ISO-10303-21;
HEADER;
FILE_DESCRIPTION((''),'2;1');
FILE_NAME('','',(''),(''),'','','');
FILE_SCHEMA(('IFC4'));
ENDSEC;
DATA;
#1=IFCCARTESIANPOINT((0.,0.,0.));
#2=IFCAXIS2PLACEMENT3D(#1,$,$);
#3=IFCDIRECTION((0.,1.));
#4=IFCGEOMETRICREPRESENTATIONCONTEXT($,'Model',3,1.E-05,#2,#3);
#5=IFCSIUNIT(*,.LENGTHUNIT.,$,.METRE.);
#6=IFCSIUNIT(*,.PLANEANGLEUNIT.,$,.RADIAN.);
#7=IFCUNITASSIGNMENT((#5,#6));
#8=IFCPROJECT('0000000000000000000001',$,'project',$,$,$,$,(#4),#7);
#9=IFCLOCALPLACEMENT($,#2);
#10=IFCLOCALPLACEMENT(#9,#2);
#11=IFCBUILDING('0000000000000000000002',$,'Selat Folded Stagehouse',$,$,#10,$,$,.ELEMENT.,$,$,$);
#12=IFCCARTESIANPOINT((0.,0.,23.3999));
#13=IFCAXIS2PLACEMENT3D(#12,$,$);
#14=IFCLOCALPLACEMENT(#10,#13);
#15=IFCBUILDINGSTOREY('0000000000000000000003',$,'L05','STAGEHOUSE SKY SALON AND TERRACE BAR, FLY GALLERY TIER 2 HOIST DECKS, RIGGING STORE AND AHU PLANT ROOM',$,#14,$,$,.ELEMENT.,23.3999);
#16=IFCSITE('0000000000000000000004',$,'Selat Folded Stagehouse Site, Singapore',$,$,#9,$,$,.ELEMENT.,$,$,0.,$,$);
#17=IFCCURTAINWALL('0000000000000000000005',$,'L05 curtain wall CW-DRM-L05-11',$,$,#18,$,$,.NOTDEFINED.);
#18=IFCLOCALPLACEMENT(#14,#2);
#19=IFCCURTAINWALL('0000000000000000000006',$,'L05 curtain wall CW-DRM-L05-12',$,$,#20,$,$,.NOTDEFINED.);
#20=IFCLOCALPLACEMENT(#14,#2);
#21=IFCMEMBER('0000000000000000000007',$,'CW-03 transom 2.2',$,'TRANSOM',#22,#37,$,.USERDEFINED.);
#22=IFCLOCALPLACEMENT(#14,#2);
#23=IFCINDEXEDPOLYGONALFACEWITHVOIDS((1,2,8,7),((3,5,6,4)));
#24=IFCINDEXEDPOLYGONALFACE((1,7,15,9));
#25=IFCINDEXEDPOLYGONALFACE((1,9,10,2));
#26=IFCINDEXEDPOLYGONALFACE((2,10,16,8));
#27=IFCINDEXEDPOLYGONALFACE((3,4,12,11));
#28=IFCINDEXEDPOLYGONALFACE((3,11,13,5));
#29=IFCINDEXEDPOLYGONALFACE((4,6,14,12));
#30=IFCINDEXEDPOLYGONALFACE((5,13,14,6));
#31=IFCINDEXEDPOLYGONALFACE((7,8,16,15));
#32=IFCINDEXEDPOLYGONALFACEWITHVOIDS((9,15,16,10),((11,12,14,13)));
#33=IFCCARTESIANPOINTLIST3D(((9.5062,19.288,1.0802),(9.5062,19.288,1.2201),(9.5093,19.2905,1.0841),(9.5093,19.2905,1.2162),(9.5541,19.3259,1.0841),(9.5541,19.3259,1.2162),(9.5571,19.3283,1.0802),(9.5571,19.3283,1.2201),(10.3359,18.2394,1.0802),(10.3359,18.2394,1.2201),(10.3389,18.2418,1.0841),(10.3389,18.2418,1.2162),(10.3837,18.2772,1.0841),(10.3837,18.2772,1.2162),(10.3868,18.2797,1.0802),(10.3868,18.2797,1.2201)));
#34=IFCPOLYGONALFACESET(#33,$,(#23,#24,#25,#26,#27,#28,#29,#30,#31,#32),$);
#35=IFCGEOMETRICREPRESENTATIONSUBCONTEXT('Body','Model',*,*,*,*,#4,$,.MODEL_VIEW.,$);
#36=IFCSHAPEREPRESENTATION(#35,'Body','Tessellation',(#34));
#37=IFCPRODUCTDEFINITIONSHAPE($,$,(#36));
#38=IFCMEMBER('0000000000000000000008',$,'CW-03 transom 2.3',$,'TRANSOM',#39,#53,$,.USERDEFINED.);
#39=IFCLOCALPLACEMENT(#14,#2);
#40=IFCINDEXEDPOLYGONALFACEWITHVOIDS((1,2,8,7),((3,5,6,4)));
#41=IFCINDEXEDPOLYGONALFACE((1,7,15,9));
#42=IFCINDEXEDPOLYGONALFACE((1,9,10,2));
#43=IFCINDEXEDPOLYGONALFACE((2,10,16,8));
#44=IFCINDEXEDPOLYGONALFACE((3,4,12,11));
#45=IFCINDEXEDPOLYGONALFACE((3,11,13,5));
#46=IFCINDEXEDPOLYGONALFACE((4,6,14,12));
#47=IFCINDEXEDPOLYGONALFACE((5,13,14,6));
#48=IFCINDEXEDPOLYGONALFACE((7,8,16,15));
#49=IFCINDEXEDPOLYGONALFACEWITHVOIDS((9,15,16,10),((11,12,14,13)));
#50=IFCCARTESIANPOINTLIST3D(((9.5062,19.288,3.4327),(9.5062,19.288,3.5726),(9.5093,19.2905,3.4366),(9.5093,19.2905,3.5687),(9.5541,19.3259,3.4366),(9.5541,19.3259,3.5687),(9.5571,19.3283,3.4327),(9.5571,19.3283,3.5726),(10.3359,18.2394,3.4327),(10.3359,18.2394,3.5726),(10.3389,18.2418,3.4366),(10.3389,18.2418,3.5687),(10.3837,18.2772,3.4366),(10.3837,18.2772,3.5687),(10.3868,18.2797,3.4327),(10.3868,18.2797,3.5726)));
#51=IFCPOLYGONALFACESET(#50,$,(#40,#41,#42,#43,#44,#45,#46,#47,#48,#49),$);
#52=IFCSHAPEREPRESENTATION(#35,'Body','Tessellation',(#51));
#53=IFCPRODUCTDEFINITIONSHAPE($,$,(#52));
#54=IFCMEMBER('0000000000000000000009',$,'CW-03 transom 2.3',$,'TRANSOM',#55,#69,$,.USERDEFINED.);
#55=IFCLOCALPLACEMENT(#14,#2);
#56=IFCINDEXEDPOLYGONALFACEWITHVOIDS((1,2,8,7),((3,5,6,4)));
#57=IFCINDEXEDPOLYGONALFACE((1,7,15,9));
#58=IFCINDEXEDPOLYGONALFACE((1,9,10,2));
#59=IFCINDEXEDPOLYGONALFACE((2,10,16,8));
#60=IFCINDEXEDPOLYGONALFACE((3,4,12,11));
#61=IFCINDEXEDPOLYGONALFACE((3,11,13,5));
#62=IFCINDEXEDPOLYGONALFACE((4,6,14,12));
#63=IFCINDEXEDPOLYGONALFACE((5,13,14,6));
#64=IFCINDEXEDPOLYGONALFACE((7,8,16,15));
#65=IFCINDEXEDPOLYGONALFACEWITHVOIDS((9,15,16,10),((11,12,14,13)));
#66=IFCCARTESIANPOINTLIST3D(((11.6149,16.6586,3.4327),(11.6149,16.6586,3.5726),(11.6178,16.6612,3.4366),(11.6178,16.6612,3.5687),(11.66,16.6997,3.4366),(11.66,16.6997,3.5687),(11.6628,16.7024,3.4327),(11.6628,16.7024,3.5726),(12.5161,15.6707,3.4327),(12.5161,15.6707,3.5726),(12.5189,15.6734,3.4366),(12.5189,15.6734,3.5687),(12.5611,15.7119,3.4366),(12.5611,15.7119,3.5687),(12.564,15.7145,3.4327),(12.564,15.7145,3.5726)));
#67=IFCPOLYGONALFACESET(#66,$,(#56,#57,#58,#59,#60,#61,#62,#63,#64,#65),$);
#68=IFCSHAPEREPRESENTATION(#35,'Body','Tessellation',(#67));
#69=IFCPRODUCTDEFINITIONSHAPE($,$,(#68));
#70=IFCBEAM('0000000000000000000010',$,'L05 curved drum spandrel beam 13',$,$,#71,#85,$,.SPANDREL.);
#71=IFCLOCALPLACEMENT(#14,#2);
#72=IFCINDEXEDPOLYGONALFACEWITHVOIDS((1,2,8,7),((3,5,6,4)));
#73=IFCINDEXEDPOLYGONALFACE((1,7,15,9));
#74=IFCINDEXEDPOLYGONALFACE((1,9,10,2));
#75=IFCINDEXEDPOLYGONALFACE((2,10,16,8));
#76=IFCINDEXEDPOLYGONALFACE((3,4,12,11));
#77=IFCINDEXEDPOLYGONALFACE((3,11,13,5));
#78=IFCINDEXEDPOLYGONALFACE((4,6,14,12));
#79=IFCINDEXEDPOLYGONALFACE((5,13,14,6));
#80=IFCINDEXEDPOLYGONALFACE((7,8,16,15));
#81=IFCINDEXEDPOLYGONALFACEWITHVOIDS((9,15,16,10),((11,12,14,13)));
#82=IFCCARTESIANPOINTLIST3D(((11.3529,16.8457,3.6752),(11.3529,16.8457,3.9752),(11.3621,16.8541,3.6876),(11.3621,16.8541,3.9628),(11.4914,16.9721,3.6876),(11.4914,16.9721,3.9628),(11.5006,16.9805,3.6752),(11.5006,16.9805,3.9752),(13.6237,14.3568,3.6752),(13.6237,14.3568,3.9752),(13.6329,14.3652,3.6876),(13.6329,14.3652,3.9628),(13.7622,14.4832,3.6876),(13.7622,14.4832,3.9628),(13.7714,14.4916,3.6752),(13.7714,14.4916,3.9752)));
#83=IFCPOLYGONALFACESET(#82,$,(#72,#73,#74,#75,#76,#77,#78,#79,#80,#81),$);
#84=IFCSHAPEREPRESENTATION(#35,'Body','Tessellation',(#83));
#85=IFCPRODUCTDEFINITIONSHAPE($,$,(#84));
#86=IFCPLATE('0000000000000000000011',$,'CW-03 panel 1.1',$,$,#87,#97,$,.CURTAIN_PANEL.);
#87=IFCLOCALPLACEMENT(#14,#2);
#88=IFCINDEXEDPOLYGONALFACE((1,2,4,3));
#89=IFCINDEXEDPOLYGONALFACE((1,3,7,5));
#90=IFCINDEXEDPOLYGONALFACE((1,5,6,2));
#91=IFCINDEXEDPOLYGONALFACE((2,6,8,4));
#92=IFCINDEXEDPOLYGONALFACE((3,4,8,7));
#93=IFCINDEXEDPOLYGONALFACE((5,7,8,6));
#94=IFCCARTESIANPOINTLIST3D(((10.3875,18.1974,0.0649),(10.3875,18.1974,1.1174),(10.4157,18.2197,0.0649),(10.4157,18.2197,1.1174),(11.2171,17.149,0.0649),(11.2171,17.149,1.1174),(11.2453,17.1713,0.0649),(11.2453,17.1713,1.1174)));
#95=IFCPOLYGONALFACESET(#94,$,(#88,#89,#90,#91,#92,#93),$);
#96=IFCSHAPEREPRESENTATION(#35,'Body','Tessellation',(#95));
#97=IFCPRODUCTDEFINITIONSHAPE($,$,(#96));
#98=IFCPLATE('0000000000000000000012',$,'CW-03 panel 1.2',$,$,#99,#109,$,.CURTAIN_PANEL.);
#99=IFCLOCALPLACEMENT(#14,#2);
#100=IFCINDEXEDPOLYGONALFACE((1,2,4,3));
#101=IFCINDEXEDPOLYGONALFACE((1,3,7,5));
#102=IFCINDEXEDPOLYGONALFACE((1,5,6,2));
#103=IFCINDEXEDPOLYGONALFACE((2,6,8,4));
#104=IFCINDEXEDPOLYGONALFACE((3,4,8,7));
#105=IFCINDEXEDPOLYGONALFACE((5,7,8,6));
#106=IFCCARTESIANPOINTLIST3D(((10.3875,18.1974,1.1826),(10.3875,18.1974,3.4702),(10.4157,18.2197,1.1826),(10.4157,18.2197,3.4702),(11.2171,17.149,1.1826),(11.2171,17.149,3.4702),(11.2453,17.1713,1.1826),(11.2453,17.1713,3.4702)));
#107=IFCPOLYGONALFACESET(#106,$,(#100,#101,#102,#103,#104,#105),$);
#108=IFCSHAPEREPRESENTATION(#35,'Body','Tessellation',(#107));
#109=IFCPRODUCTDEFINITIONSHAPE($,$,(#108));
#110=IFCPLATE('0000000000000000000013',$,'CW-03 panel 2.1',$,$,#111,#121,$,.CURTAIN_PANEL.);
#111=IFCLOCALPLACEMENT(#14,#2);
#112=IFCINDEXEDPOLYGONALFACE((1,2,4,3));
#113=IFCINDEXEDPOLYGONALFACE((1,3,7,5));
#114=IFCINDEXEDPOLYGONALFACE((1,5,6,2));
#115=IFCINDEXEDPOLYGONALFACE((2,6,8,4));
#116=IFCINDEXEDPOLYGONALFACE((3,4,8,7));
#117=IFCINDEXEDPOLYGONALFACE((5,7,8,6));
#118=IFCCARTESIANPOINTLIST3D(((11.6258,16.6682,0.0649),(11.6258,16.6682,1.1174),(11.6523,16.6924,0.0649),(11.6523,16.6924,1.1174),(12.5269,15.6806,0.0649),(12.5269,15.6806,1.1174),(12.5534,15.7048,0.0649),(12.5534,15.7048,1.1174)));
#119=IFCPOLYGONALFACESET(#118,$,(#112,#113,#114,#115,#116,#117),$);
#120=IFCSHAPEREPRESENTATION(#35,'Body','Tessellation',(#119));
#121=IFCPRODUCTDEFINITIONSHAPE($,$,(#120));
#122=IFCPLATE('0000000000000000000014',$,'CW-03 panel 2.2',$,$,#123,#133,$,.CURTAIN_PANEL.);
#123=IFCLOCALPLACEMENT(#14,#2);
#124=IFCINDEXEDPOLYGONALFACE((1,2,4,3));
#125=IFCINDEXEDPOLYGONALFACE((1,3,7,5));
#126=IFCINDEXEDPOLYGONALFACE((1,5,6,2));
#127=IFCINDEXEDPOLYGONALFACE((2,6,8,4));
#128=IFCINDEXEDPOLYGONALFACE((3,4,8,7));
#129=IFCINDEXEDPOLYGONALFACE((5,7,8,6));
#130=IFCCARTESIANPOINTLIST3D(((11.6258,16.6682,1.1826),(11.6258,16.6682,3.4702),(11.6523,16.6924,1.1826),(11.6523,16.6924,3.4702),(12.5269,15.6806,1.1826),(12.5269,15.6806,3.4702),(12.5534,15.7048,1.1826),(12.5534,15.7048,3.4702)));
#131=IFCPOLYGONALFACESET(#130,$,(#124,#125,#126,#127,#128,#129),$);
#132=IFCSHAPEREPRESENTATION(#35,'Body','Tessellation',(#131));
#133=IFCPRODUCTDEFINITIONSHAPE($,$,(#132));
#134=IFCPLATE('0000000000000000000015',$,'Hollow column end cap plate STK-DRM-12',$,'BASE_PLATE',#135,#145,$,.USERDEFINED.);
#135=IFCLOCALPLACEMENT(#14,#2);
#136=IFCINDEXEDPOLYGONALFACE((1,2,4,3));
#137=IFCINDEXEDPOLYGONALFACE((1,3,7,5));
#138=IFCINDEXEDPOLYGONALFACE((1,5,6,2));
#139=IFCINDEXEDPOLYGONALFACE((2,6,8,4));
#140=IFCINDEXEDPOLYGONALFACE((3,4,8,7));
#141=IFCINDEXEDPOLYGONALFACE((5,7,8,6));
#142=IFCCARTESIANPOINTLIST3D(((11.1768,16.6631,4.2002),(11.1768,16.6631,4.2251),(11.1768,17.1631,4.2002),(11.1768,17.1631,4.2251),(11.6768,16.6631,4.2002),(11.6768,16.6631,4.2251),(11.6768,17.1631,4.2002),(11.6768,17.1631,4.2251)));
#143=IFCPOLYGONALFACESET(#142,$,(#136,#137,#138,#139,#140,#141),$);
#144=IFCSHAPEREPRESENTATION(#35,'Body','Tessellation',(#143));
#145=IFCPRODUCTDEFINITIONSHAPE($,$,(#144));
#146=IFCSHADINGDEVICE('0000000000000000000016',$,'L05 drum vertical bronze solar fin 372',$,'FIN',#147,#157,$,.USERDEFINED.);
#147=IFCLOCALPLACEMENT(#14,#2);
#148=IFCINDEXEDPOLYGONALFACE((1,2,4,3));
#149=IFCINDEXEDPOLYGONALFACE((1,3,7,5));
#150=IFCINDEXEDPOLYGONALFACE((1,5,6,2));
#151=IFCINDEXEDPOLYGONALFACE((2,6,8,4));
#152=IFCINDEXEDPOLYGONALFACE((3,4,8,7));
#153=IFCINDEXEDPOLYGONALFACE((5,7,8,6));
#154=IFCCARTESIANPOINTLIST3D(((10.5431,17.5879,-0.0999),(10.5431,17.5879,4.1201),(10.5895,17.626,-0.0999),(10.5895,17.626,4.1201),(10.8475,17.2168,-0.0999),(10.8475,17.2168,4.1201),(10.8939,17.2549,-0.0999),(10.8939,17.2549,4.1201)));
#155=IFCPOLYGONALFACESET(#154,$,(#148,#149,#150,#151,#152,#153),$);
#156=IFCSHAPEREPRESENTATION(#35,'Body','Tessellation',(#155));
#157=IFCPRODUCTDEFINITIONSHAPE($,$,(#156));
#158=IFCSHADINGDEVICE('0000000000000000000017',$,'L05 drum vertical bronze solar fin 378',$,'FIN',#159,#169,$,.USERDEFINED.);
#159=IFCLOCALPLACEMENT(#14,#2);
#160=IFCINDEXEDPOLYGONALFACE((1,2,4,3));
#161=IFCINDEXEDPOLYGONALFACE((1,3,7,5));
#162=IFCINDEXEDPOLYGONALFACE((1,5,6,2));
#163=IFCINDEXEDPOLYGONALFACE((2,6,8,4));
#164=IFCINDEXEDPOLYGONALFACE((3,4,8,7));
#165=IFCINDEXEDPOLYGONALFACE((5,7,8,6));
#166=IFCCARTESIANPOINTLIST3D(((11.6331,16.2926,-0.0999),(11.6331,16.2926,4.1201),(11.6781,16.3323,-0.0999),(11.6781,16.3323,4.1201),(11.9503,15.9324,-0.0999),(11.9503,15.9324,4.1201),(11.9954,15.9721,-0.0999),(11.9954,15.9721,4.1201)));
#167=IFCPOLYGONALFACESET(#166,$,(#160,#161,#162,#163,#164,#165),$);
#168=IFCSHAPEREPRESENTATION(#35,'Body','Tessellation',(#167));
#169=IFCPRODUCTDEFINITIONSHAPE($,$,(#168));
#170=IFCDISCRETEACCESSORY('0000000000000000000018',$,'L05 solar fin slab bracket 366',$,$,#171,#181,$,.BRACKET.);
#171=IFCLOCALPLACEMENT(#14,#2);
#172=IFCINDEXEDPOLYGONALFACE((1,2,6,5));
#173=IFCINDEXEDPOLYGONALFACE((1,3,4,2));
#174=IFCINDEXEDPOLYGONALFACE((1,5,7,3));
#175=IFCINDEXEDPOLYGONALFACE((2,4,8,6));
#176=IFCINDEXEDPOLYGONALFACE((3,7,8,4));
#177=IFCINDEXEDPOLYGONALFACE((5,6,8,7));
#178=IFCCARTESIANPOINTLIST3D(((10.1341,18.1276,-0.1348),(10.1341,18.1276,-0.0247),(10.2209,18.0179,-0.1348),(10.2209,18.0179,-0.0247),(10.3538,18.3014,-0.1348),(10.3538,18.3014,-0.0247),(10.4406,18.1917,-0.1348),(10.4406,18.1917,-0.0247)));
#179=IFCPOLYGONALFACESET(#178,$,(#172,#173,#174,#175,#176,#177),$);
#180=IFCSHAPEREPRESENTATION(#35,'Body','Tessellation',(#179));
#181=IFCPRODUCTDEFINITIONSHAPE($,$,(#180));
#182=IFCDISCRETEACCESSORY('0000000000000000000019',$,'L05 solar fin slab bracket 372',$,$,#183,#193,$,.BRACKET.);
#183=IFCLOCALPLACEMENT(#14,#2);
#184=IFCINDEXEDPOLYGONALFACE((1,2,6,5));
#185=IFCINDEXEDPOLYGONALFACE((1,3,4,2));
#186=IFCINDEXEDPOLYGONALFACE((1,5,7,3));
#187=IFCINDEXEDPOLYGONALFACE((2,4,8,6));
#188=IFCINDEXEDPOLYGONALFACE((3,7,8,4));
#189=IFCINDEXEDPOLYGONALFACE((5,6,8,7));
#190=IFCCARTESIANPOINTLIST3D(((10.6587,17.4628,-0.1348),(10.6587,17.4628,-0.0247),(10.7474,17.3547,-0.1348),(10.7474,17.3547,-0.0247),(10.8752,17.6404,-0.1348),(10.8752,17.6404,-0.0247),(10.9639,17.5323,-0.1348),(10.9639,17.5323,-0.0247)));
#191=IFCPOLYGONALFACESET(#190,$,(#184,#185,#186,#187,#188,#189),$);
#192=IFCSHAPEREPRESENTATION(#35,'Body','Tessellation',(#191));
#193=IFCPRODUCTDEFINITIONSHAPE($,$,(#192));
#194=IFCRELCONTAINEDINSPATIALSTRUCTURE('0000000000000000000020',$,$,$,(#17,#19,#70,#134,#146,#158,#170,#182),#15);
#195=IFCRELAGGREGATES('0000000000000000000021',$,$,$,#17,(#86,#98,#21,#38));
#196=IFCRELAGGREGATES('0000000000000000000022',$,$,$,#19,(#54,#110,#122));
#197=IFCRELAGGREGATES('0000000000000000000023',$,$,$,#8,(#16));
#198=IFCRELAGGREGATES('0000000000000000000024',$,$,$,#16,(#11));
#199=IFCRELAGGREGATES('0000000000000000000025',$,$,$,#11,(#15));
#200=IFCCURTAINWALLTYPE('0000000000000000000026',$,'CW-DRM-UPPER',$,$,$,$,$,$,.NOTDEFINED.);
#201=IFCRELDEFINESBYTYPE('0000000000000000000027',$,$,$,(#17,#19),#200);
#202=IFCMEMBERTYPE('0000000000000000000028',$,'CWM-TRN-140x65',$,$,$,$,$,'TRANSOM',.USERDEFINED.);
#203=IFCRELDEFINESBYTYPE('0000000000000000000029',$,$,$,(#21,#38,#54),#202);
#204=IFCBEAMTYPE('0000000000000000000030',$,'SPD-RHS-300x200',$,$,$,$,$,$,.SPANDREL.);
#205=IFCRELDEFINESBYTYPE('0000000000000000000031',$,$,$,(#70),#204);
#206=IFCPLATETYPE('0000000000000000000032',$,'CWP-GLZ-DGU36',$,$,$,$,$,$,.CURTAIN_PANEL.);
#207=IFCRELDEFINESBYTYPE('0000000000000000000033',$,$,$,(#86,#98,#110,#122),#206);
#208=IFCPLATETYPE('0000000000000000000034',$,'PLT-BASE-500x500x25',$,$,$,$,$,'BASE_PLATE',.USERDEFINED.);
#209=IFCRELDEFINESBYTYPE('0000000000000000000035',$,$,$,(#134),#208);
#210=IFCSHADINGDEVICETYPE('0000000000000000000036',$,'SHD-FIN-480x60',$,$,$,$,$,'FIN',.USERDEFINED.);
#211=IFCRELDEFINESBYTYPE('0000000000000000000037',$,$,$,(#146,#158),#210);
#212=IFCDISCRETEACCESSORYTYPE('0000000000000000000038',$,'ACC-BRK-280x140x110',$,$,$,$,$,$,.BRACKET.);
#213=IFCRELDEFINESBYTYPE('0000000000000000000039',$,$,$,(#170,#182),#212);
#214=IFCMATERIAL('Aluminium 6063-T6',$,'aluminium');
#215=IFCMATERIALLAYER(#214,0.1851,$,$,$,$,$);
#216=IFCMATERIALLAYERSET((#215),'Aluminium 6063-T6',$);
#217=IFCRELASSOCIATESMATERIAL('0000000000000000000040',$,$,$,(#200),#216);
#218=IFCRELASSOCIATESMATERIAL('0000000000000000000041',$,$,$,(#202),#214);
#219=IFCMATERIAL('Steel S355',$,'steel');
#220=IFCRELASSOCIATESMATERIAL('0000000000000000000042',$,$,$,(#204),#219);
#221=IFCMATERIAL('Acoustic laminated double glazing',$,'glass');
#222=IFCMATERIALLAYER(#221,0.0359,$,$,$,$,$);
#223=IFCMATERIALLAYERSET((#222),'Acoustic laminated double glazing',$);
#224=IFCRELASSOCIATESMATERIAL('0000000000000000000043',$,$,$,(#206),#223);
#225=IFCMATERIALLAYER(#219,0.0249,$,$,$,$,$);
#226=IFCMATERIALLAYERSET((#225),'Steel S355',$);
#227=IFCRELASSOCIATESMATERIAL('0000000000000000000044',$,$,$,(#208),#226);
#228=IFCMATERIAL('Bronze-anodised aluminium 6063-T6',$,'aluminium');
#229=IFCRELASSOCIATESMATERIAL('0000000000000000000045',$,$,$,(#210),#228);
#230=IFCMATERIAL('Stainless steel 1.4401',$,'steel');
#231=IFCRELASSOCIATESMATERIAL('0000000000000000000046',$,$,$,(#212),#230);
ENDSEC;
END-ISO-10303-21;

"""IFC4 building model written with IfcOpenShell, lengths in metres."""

from ifc_helpers import new_model, si_unit, direction, frame, origin, origin_2d, place, context, subcontext, project, spatial, rectangle, hollow_rectangle, extrude, material, layer, layer_set, material_profile, profile_set, type_object, element, aggregate, save


model = new_model("IFC4")

# Units and contexts
model_context = context("Model", 3, precision=1e-05, world=origin(), true_north=direction((0.0, 1.0)))
body_context = subcontext(model_context, "Body", "Model", "MODEL_VIEW")
ifc_project = project(units=[si_unit("LENGTHUNIT", "METRE"), si_unit("PLANEANGLEUNIT", "RADIAN")], contexts=[model_context])

# Site, building, storey
site_placement = place(None, origin())
site = spatial("IfcSite", under=ifc_project, at=site_placement, Name="Selat Folded Stagehouse Site, Singapore", CompositionType="ELEMENT", RefElevation=0.0)
building_placement = place(site_placement, origin())
building = spatial("IfcBuilding", under=site, at=building_placement, Name="Selat Folded Stagehouse", CompositionType="ELEMENT")
storey_placement = place(building_placement, frame((0.0, 0.0, 23.3999)))
storey = spatial("IfcBuildingStorey", under=building, at=storey_placement, Name="L05", Description="STAGEHOUSE SKY SALON AND TERRACE BAR, FLY GALLERY TIER 2 HOIST DECKS, RIGGING STORE AND AHU PLANT ROOM", CompositionType="ELEMENT", Elevation=23.3999)

# Shared definitions
ifc_material_1 = material(Name="Steel S355", Category="steel")

# Curtain wall
ifc_material_2 = material(Name="Aluminium 6063-T6", Category="aluminium")
ifc_layer_1 = layer(ifc_material_2, 0.1851)
ifc_layer_set_1 = layer_set([ifc_layer_1], Name="Aluminium 6063-T6")
curtain_wall_type = type_object("IfcCurtainWallType", Name="CW-DRM-UPPER", PredefinedType="NOTDEFINED", material=ifc_layer_set_1)
curtain_wall_1_placement = place(storey_placement, origin())
curtain_wall_1 = element("IfcCurtainWall", 1, at=curtain_wall_1_placement, inside=storey, type_object=curtain_wall_type, Name="L05 curtain wall CW-DRM-L05-11", PredefinedType="NOTDEFINED")

# Curtain wall
curtain_wall_2_placement = place(storey_placement, origin())
curtain_wall_2 = element("IfcCurtainWall", 2, at=curtain_wall_2_placement, inside=storey, type_object=curtain_wall_type, Name="L05 curtain wall CW-DRM-L05-12", PredefinedType="NOTDEFINED")

# Members
ifc_material_profile_1 = material_profile(ifc_material_2, hollow_rectangle(XDim=0.0649, YDim=0.1399, WallThickness=0.0039, at=origin_2d()), Name="ALU 140x65x4.0")
ifc_profile_set_1 = profile_set([ifc_material_profile_1], Name="Aluminium 6063-T6")
member_type_1 = type_object("IfcMemberType", Name="CWM-TRN-140x65", ElementType="TRANSOM", PredefinedType="USERDEFINED", material=ifc_profile_set_1)
member_1_placement = place(storey_placement, frame((10.3613, 18.2595, 1.1501), z_axis=(-0.620455, 0.784242, 0.0), x_axis=(-0.784242, -0.620455, 0.0)))
member_1 = element("IfcMember", 3, at=member_1_placement, type_object=member_type_1, Name="CW-03 transom 2.2", ObjectType="TRANSOM", PredefinedType="USERDEFINED", context=body_context, shape_type="SweptSolid", body=[
    extrude(hollow_rectangle(XDim=0.0649, YDim=0.1399, WallThickness=0.0039, at=origin_2d()), origin(), (0.0, 0.0, 1.0), 1.3372),
])
member_2_placement = place(storey_placement, frame((10.3613, 18.2595, 3.5027), z_axis=(-0.620455, 0.784242, 0.0), x_axis=(-0.784242, -0.620455, 0.0)))
member_2 = element("IfcMember", 4, at=member_2_placement, type_object=member_type_1, Name="CW-03 transom 2.3", ObjectType="TRANSOM", PredefinedType="USERDEFINED", context=body_context, shape_type="SweptSolid", body=[
    extrude(hollow_rectangle(XDim=0.0649, YDim=0.1399, WallThickness=0.0039, at=origin_2d()), origin(), (0.0, 0.0, 1.0), 1.3372),
])
member_3_placement = place(storey_placement, frame((12.54, 15.6926, 3.5027), z_axis=(-0.673953, 0.738774, 0.0), x_axis=(-0.738774, -0.673953, 0.0)))
member_3 = element("IfcMember", 5, at=member_3_placement, type_object=member_type_1, Name="CW-03 transom 2.3", ObjectType="TRANSOM", PredefinedType="USERDEFINED", context=body_context, shape_type="SweptSolid", body=[
    extrude(hollow_rectangle(XDim=0.0649, YDim=0.1399, WallThickness=0.0039, at=origin_2d()), origin(), (0.0, 0.0, 1.0), 1.3372),
])

# Beam
ifc_material_profile_2 = material_profile(ifc_material_1, hollow_rectangle(XDim=0.2, YDim=0.3, WallThickness=0.0125, at=origin_2d()), Name="RHS 300x200x12.5")
ifc_profile_set_2 = profile_set([ifc_material_profile_2], Name="Steel S355")
beam_type = type_object("IfcBeamType", Name="SPD-RHS-300x200", PredefinedType="SPANDREL", material=ifc_profile_set_2)
beam_placement = place(storey_placement, frame((11.4268, 16.9131, 3.8252), z_axis=(0.67401, -0.738722, 0.0), x_axis=(0.738722, 0.67401, 0.0)))
element("IfcBeam", 6, at=beam_placement, inside=storey, type_object=beam_type, Name="L05 curved drum spandrel beam 13", PredefinedType="SPANDREL", context=body_context, shape_type="SweptSolid", body=[
    extrude(hollow_rectangle(XDim=0.2, YDim=0.3, WallThickness=0.0125, at=origin_2d()), origin(), (0.0, 0.0, 1.0), 3.3691),
])

# Plates
ifc_material_3 = material(Name="Acoustic laminated double glazing", Category="glass")
ifc_layer_2 = layer(ifc_material_3, 0.0359)
ifc_layer_set_2 = layer_set([ifc_layer_2], Name="Acoustic laminated double glazing")
plate_type_1 = type_object("IfcPlateType", Name="CWP-GLZ-DGU36", PredefinedType="CURTAIN_PANEL", material=ifc_layer_set_2)
plate_1_placement = place(storey_placement, frame((10.8164, 17.6843, 0.0649), z_axis=(0.0, 0.0, 1.0), x_axis=(-0.620533, 0.78418, 0.0)))
plate_1 = element("IfcPlate", 7, at=plate_1_placement, type_object=plate_type_1, Name="CW-03 panel 1.1", PredefinedType="CURTAIN_PANEL", context=body_context, shape_type="SweptSolid", body=[
    extrude(rectangle(XDim=1.3369, YDim=0.0359, at=origin_2d()), origin(), (0.0, 0.0, 1.0), 1.0525),
])
plate_2_placement = place(storey_placement, frame((10.8164, 17.6843, 1.1826), z_axis=(0.0, 0.0, 1.0), x_axis=(-0.620533, 0.78418, 0.0)))
plate_2 = element("IfcPlate", 8, at=plate_2_placement, type_object=plate_type_1, Name="CW-03 panel 1.2", PredefinedType="CURTAIN_PANEL", context=body_context, shape_type="SweptSolid", body=[
    extrude(rectangle(XDim=1.3369, YDim=0.0359, at=origin_2d()), origin(), (0.0, 0.0, 1.0), 2.2876),
])
aggregate(curtain_wall_1, [plate_1, plate_2, member_1, member_2])
plate_3_placement = place(storey_placement, frame((12.0896, 16.1865, 0.0649), z_axis=(0.0, 0.0, 1.0), x_axis=(-0.674002, 0.738729, 0.0)))
plate_3 = element("IfcPlate", 9, at=plate_3_placement, type_object=plate_type_1, Name="CW-03 panel 2.1", PredefinedType="CURTAIN_PANEL", context=body_context, shape_type="SweptSolid", body=[
    extrude(rectangle(XDim=1.3369, YDim=0.0359, at=origin_2d()), origin(), (0.0, 0.0, 1.0), 1.0525),
])
plate_4_placement = place(storey_placement, frame((12.0896, 16.1865, 1.1826), z_axis=(0.0, 0.0, 1.0), x_axis=(-0.674002, 0.738729, 0.0)))
plate_4 = element("IfcPlate", 10, at=plate_4_placement, type_object=plate_type_1, Name="CW-03 panel 2.2", PredefinedType="CURTAIN_PANEL", context=body_context, shape_type="SweptSolid", body=[
    extrude(rectangle(XDim=1.3369, YDim=0.0359, at=origin_2d()), origin(), (0.0, 0.0, 1.0), 2.2876),
])
aggregate(curtain_wall_2, [member_3, plate_3, plate_4])
ifc_layer_3 = layer(ifc_material_1, 0.0249)
ifc_layer_set_3 = layer_set([ifc_layer_3], Name="Steel S355")
plate_type_2 = type_object("IfcPlateType", Name="PLT-BASE-500x500x25", ElementType="BASE_PLATE", PredefinedType="USERDEFINED", material=ifc_layer_set_3)
plate_5_placement = place(storey_placement, frame((11.4268, 16.9131, 4.2002), z_axis=(0.0, 0.0, 1.0), x_axis=(1.0, 0.0, 0.0)))
element("IfcPlate", 11, at=plate_5_placement, inside=storey, type_object=plate_type_2, Name="Hollow column end cap plate STK-DRM-12", ObjectType="BASE_PLATE", PredefinedType="USERDEFINED", context=body_context, shape_type="SweptSolid", body=[
    extrude(rectangle(XDim=0.5, YDim=0.5, at=origin_2d()), origin(), (0.0, 0.0, 1.0), 0.0249),
])

# Shading devices
ifc_material_4 = material(Name="Bronze-anodised aluminium 6063-T6", Category="aluminium")
ifc_material_profile_3 = material_profile(ifc_material_4, rectangle(XDim=0.0601, YDim=0.48, at=origin_2d()), Name="SOLAR-FIN 480x60")
ifc_profile_set_3 = profile_set([ifc_material_profile_3], Name="Bronze-anodised aluminium 6063-T6")
shading_device_type = type_object("IfcShadingDeviceType", Name="SHD-FIN-480x60", ElementType="FIN", PredefinedType="USERDEFINED", material=ifc_profile_set_3)
for number, where, z_axis, x_axis, name in (
    (12, (10.7185, 17.4214, -0.0999), (0.0, 0.0, 1.0), (-0.773177, -0.634191, 0.0), "L05 drum vertical bronze solar fin 372"),
    (13, (11.8142, 16.1323, -0.0999), (0.0, 0.0, 1.0), (-0.750457, -0.660919, 0.0), "L05 drum vertical bronze solar fin 378"),
):
    element("IfcShadingDevice", number, at=place(storey_placement, frame(where, z_axis=z_axis, x_axis=x_axis)), inside=storey, type_object=shading_device_type, Name=name, ObjectType="FIN", PredefinedType="USERDEFINED", context=body_context, shape_type="SweptSolid", body=[
        extrude(rectangle(XDim=0.0601, YDim=0.48, at=origin_2d()), origin(), (0.0, 0.0, 1.0), 4.22),
    ])

# Discrete accessories
ifc_material_5 = material(Name="Stainless steel 1.4401", Category="steel")
discrete_accessory_type = type_object("IfcDiscreteAccessoryType", Name="ACC-BRK-280x140x110", PredefinedType="BRACKET", material=ifc_material_5)
for number, where, z_axis, x_axis, name in (
    (14, (10.2874, 18.1597, -0.1348), (0.0, 0.0, 1.0), (-0.784235, -0.620464, 0.0), "L05 solar fin slab bracket 366"),
    (15, (10.8113, 17.4976, -0.1348), (0.0, 0.0, 1.0), (-0.773177, -0.634191, 0.0), "L05 solar fin slab bracket 372"),
):
    element("IfcDiscreteAccessory", number, at=place(storey_placement, frame(where, z_axis=z_axis, x_axis=x_axis)), inside=storey, type_object=discrete_accessory_type, Name=name, PredefinedType="BRACKET", context=body_context, shape_type="SweptSolid", body=[
        extrude(rectangle(XDim=0.28, YDim=0.1399, at=origin_2d()), origin(), (0.0, 0.0, 1.0), 0.1101),
    ])

save(model, "model.ifc")
